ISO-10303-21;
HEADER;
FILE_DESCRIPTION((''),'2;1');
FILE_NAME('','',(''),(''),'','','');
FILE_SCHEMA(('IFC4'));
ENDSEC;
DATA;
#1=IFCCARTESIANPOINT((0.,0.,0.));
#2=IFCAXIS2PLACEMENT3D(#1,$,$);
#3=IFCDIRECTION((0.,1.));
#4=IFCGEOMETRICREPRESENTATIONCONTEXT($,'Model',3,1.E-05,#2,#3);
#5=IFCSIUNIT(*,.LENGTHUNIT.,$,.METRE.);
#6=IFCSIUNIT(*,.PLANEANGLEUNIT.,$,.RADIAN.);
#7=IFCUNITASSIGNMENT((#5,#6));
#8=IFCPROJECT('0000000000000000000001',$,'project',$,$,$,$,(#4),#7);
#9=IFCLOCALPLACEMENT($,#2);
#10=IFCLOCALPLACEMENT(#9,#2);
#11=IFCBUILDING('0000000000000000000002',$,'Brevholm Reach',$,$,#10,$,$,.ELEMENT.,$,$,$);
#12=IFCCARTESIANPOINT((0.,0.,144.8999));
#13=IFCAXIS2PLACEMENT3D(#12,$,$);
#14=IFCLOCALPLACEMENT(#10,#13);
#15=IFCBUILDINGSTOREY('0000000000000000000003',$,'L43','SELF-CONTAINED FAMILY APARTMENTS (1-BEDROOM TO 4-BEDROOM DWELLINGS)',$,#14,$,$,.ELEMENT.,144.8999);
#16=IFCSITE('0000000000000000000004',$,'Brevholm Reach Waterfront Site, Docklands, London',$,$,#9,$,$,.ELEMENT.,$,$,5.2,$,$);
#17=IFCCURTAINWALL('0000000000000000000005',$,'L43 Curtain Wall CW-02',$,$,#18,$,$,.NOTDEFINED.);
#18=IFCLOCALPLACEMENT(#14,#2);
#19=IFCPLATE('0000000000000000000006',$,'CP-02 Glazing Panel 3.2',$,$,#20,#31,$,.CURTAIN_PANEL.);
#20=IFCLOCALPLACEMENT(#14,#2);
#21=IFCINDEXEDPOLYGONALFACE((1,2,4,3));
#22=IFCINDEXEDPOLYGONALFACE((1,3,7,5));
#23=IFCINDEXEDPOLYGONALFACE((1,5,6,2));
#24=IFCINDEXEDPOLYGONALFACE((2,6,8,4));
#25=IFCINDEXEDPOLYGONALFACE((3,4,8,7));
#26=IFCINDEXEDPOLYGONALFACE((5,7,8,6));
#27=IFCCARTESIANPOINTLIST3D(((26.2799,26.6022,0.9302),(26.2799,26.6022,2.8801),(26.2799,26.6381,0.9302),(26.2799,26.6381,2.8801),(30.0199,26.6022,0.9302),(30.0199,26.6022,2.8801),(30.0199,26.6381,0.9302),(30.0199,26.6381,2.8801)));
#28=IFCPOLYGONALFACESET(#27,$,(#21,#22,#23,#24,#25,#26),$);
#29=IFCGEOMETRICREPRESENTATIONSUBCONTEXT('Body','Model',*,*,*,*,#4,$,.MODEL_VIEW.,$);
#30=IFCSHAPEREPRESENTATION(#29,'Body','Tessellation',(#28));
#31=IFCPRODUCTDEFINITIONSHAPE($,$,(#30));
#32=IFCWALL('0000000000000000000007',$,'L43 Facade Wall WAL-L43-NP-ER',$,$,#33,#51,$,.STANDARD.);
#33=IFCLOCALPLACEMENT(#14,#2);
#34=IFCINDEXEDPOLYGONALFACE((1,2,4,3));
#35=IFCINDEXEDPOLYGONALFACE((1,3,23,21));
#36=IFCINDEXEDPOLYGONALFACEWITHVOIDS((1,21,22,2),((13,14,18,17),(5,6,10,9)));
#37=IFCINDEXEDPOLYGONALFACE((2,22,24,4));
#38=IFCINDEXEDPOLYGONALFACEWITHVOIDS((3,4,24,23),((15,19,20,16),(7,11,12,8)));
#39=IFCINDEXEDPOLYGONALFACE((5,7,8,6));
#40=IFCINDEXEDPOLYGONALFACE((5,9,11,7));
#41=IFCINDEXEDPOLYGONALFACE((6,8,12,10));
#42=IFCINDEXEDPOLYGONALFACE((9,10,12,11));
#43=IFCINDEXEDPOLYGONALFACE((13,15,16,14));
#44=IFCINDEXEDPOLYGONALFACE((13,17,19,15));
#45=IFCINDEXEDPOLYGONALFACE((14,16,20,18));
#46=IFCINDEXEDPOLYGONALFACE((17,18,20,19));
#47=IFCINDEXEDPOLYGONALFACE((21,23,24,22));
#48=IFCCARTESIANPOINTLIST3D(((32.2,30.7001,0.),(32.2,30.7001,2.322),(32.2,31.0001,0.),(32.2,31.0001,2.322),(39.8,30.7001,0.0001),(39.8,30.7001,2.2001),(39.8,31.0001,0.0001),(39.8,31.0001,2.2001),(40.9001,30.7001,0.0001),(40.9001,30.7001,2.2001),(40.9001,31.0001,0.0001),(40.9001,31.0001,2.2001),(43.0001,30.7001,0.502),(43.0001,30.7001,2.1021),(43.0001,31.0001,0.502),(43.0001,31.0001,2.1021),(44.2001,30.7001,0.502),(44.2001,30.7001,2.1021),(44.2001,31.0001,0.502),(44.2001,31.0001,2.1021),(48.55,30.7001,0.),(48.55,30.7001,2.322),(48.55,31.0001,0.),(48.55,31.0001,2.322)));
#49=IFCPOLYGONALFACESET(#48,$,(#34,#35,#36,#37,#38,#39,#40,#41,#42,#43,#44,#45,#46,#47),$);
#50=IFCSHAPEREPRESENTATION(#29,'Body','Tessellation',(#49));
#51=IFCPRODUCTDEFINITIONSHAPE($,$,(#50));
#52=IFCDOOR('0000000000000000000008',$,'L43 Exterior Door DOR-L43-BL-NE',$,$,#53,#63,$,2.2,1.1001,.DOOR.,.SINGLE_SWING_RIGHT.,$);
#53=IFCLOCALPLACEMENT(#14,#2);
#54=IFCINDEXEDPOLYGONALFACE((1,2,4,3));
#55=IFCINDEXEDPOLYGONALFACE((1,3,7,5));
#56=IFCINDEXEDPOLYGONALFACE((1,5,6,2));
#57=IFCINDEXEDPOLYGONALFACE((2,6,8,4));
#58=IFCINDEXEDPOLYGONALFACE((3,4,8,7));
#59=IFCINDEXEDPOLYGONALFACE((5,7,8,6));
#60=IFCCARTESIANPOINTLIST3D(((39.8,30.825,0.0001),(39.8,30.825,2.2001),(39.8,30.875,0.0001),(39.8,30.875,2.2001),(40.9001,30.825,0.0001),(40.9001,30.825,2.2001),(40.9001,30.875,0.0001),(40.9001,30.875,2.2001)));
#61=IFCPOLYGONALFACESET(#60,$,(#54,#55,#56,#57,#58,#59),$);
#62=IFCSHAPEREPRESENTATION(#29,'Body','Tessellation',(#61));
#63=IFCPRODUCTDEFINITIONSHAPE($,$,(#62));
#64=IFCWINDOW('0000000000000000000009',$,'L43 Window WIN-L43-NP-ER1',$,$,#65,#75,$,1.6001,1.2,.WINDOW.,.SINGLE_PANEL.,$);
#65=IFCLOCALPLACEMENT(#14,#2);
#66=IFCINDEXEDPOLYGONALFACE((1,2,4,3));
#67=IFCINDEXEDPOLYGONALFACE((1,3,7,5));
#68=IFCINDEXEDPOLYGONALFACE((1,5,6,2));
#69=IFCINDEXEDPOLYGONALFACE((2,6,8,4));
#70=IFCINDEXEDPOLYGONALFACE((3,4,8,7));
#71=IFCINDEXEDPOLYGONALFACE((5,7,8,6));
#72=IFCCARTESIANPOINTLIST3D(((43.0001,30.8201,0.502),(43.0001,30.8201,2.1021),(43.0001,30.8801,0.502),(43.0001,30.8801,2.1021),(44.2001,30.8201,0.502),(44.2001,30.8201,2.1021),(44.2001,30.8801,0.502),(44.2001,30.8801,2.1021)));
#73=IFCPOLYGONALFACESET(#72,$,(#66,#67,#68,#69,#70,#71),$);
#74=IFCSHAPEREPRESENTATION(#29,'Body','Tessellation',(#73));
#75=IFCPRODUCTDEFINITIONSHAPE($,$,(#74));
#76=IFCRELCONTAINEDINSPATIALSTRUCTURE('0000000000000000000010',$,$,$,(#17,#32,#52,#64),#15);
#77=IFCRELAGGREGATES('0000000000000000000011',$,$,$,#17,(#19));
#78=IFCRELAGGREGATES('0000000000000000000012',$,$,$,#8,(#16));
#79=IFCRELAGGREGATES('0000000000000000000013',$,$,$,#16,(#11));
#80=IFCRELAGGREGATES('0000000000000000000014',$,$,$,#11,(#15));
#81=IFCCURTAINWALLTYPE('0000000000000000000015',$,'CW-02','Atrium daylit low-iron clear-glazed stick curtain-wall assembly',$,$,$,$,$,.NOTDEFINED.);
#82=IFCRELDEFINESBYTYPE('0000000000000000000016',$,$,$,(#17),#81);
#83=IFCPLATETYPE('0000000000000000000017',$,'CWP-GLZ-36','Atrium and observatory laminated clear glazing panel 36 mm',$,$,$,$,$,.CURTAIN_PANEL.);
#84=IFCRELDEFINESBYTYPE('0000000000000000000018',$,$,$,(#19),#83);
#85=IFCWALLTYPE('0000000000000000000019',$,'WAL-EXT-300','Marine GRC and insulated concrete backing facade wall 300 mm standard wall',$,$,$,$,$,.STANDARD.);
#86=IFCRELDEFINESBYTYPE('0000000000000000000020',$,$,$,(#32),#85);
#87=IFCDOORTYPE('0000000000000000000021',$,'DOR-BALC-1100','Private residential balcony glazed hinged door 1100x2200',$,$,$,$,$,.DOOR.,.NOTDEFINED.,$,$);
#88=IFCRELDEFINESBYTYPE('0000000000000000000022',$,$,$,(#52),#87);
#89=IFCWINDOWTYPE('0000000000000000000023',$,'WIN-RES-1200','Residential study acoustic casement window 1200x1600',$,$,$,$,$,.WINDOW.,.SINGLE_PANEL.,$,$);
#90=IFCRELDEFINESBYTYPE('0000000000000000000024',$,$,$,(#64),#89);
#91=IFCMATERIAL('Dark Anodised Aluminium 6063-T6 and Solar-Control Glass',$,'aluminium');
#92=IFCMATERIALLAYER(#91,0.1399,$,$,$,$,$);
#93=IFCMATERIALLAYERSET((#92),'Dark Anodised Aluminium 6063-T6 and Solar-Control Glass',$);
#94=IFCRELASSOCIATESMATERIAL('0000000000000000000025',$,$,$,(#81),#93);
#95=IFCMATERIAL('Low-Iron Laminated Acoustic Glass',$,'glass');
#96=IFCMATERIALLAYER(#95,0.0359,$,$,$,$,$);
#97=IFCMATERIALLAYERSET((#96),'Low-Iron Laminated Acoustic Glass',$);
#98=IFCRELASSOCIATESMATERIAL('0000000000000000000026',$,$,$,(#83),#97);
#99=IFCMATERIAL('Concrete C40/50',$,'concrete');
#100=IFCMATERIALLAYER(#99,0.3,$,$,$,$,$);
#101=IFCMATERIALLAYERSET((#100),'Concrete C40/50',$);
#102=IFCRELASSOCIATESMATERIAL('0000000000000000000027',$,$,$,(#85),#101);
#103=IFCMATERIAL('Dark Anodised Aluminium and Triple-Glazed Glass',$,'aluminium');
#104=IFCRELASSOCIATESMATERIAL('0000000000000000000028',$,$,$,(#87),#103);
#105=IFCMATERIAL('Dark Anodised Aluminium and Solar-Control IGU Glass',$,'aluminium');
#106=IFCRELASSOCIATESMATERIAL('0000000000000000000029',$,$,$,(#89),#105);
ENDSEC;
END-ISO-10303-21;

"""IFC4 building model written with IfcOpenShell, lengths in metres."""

from ifc_helpers import new_model, si_unit, direction, frame, frame_2d, origin, origin_2d, place, context, subcontext, project, spatial, rectangle, extrude, material, layer, layer_set, type_object, element, fill, aggregate, save


model = new_model("IFC4")

# Units and contexts
model_context = context("Model", 3, precision=1e-05, world=origin(), true_north=direction((0.0, 1.0)))
body_context = subcontext(model_context, "Body", "Model", "MODEL_VIEW")
ifc_project = project(units=[si_unit("LENGTHUNIT", "METRE"), si_unit("PLANEANGLEUNIT", "RADIAN")], contexts=[model_context])

# Site, building, storey
site_placement = place(None, origin())
site = spatial("IfcSite", under=ifc_project, at=site_placement, Name="Brevholm Reach Waterfront Site, Docklands, London", CompositionType="ELEMENT", RefElevation=5.2)
building_placement = place(site_placement, origin())
building = spatial("IfcBuilding", under=site, at=building_placement, Name="Brevholm Reach", CompositionType="ELEMENT")
storey_placement = place(building_placement, frame((0.0, 0.0, 144.8999)))
storey = spatial("IfcBuildingStorey", under=building, at=storey_placement, Name="L43", Description="SELF-CONTAINED FAMILY APARTMENTS (1-BEDROOM TO 4-BEDROOM DWELLINGS)", CompositionType="ELEMENT", Elevation=144.8999)

# Curtain wall
ifc_material_1 = material(Name="Dark Anodised Aluminium 6063-T6 and Solar-Control Glass", Category="aluminium")
ifc_layer_1 = layer(ifc_material_1, 0.1399)
ifc_layer_set_1 = layer_set([ifc_layer_1], Name="Dark Anodised Aluminium 6063-T6 and Solar-Control Glass")
curtain_wall_type_1 = type_object("IfcCurtainWallType", Name="CW-02", Description="Atrium daylit low-iron clear-glazed stick curtain-wall assembly", PredefinedType="NOTDEFINED", material=ifc_layer_set_1)
curtain_wall_1_placement = place(storey_placement, origin())
curtain_wall_1 = element("IfcCurtainWall", 1, at=curtain_wall_1_placement, inside=storey, type_object=curtain_wall_type_1, Name="L43 Curtain Wall CW-02", PredefinedType="NOTDEFINED")

# Plate
ifc_material_2 = material(Name="Low-Iron Laminated Acoustic Glass", Category="glass")
ifc_layer_2 = layer(ifc_material_2, 0.0359)
ifc_layer_set_2 = layer_set([ifc_layer_2], Name="Low-Iron Laminated Acoustic Glass")
plate_type_1 = type_object("IfcPlateType", Name="CWP-GLZ-36", Description="Atrium and observatory laminated clear glazing panel 36 mm", PredefinedType="CURTAIN_PANEL", material=ifc_layer_set_2)
plate_1_placement = place(storey_placement, frame((28.1499, 26.6201, 0.9302), z_axis=(0.0, 0.0, 1.0), x_axis=(-1.0, 0.0, 0.0)))
plate_1 = element("IfcPlate", 2, at=plate_1_placement, type_object=plate_type_1, Name="CP-02 Glazing Panel 3.2", PredefinedType="CURTAIN_PANEL", context=body_context, shape_type="SweptSolid", body=[
    extrude(rectangle(XDim=3.74, YDim=0.0359, at=origin_2d()), origin(), (0.0, 0.0, 1.0), 1.95),
])
aggregate(curtain_wall_1, [plate_1])

# Wall, openings, door, window
ifc_material_3 = material(Name="Concrete C40/50", Category="concrete")
ifc_layer_3 = layer(ifc_material_3, 0.3)
ifc_layer_set_3 = layer_set([ifc_layer_3], Name="Concrete C40/50")
wall_type = type_object("IfcWallType", Name="WAL-EXT-300", Description="Marine GRC and insulated concrete backing facade wall 300 mm standard wall", PredefinedType="STANDARD", material=ifc_layer_set_3)
wall_placement = place(storey_placement, frame((32.2, 30.8501, 0.0), z_axis=(0.0, 0.0, 1.0), x_axis=(1.0, 0.0, 0.0)))
wall = element("IfcWall", 3, at=wall_placement, inside=storey, type_object=wall_type, Name="L43 Facade Wall WAL-L43-NP-ER", PredefinedType="STANDARD", context=body_context, shape_type="SweptSolid", body=[
    extrude(rectangle(XDim=16.3501, YDim=0.3, at=frame_2d((8.175, 0.0))), origin(), (0.0, 0.0, 1.0), 2.322),
])
opening_1_placement = place(wall_placement, frame((7.6001, 0.0, 0.0)))
opening_1 = element("IfcOpeningElement", 4, at=opening_1_placement, cuts=wall, PredefinedType="OPENING", context=body_context, shape_type="SweptSolid", body=[
    extrude(rectangle(XDim=1.1001, YDim=2.2, at=frame_2d((0.55, 1.1001))), frame((0.0, 0.1599, 0.0), z_axis=(0.0, -1.0, 0.0), x_axis=(1.0, 0.0, 0.0)), (0.0, 0.0, 1.0), 0.3201),
])
opening_2_placement = place(wall_placement, frame((10.8, 0.0, 0.502)))
opening_2 = element("IfcOpeningElement", 5, at=opening_2_placement, cuts=wall, PredefinedType="OPENING", context=body_context, shape_type="SweptSolid", body=[
    extrude(rectangle(XDim=1.2, YDim=1.6001, at=frame_2d((0.6001, 0.8))), frame((0.0, 0.1599, 0.0), z_axis=(0.0, -1.0, 0.0), x_axis=(1.0, 0.0, 0.0)), (0.0, 0.0, 1.0), 0.3201),
])
ifc_material_4 = material(Name="Dark Anodised Aluminium and Triple-Glazed Glass", Category="aluminium")
door_type = type_object("IfcDoorType", Name="DOR-BALC-1100", Description="Private residential balcony glazed hinged door 1100x2200", OperationType="NOTDEFINED", PredefinedType="DOOR", material=ifc_material_4)
door_placement = place(opening_1_placement, origin())
door = element("IfcDoor", 6, at=door_placement, inside=storey, type_object=door_type, Name="L43 Exterior Door DOR-L43-BL-NE", OperationType="SINGLE_SWING_RIGHT", OverallHeight=2.2, OverallWidth=1.1001, PredefinedType="DOOR", context=body_context, shape_type="SweptSolid", body=[
    extrude(rectangle(XDim=1.1001, YDim=2.2, at=frame_2d((0.55, 1.1001))), frame((0.0, 0.0249, 0.0), z_axis=(0.0, -1.0, 0.0), x_axis=(1.0, 0.0, 0.0)), (0.0, 0.0, 1.0), 0.05),
])
fill(opening_1, door)
ifc_material_5 = material(Name="Dark Anodised Aluminium and Solar-Control IGU Glass", Category="aluminium")
window_type = type_object("IfcWindowType", Name="WIN-RES-1200", Description="Residential study acoustic casement window 1200x1600", PartitioningType="SINGLE_PANEL", PredefinedType="WINDOW", material=ifc_material_5)
window_placement = place(opening_2_placement, origin())
window = element("IfcWindow", 7, at=window_placement, inside=storey, type_object=window_type, Name="L43 Window WIN-L43-NP-ER1", OverallHeight=1.6001, OverallWidth=1.2, PartitioningType="SINGLE_PANEL", PredefinedType="WINDOW", context=body_context, shape_type="SweptSolid", body=[
    extrude(rectangle(XDim=1.2, YDim=1.6001, at=frame_2d((0.6001, 0.8))), frame((0.0, 0.03, 0.0), z_axis=(0.0, -1.0, 0.0), x_axis=(1.0, 0.0, 0.0)), (0.0, 0.0, 1.0), 0.0601),
])
fill(opening_2, window)

save(model, "model.ifc")
